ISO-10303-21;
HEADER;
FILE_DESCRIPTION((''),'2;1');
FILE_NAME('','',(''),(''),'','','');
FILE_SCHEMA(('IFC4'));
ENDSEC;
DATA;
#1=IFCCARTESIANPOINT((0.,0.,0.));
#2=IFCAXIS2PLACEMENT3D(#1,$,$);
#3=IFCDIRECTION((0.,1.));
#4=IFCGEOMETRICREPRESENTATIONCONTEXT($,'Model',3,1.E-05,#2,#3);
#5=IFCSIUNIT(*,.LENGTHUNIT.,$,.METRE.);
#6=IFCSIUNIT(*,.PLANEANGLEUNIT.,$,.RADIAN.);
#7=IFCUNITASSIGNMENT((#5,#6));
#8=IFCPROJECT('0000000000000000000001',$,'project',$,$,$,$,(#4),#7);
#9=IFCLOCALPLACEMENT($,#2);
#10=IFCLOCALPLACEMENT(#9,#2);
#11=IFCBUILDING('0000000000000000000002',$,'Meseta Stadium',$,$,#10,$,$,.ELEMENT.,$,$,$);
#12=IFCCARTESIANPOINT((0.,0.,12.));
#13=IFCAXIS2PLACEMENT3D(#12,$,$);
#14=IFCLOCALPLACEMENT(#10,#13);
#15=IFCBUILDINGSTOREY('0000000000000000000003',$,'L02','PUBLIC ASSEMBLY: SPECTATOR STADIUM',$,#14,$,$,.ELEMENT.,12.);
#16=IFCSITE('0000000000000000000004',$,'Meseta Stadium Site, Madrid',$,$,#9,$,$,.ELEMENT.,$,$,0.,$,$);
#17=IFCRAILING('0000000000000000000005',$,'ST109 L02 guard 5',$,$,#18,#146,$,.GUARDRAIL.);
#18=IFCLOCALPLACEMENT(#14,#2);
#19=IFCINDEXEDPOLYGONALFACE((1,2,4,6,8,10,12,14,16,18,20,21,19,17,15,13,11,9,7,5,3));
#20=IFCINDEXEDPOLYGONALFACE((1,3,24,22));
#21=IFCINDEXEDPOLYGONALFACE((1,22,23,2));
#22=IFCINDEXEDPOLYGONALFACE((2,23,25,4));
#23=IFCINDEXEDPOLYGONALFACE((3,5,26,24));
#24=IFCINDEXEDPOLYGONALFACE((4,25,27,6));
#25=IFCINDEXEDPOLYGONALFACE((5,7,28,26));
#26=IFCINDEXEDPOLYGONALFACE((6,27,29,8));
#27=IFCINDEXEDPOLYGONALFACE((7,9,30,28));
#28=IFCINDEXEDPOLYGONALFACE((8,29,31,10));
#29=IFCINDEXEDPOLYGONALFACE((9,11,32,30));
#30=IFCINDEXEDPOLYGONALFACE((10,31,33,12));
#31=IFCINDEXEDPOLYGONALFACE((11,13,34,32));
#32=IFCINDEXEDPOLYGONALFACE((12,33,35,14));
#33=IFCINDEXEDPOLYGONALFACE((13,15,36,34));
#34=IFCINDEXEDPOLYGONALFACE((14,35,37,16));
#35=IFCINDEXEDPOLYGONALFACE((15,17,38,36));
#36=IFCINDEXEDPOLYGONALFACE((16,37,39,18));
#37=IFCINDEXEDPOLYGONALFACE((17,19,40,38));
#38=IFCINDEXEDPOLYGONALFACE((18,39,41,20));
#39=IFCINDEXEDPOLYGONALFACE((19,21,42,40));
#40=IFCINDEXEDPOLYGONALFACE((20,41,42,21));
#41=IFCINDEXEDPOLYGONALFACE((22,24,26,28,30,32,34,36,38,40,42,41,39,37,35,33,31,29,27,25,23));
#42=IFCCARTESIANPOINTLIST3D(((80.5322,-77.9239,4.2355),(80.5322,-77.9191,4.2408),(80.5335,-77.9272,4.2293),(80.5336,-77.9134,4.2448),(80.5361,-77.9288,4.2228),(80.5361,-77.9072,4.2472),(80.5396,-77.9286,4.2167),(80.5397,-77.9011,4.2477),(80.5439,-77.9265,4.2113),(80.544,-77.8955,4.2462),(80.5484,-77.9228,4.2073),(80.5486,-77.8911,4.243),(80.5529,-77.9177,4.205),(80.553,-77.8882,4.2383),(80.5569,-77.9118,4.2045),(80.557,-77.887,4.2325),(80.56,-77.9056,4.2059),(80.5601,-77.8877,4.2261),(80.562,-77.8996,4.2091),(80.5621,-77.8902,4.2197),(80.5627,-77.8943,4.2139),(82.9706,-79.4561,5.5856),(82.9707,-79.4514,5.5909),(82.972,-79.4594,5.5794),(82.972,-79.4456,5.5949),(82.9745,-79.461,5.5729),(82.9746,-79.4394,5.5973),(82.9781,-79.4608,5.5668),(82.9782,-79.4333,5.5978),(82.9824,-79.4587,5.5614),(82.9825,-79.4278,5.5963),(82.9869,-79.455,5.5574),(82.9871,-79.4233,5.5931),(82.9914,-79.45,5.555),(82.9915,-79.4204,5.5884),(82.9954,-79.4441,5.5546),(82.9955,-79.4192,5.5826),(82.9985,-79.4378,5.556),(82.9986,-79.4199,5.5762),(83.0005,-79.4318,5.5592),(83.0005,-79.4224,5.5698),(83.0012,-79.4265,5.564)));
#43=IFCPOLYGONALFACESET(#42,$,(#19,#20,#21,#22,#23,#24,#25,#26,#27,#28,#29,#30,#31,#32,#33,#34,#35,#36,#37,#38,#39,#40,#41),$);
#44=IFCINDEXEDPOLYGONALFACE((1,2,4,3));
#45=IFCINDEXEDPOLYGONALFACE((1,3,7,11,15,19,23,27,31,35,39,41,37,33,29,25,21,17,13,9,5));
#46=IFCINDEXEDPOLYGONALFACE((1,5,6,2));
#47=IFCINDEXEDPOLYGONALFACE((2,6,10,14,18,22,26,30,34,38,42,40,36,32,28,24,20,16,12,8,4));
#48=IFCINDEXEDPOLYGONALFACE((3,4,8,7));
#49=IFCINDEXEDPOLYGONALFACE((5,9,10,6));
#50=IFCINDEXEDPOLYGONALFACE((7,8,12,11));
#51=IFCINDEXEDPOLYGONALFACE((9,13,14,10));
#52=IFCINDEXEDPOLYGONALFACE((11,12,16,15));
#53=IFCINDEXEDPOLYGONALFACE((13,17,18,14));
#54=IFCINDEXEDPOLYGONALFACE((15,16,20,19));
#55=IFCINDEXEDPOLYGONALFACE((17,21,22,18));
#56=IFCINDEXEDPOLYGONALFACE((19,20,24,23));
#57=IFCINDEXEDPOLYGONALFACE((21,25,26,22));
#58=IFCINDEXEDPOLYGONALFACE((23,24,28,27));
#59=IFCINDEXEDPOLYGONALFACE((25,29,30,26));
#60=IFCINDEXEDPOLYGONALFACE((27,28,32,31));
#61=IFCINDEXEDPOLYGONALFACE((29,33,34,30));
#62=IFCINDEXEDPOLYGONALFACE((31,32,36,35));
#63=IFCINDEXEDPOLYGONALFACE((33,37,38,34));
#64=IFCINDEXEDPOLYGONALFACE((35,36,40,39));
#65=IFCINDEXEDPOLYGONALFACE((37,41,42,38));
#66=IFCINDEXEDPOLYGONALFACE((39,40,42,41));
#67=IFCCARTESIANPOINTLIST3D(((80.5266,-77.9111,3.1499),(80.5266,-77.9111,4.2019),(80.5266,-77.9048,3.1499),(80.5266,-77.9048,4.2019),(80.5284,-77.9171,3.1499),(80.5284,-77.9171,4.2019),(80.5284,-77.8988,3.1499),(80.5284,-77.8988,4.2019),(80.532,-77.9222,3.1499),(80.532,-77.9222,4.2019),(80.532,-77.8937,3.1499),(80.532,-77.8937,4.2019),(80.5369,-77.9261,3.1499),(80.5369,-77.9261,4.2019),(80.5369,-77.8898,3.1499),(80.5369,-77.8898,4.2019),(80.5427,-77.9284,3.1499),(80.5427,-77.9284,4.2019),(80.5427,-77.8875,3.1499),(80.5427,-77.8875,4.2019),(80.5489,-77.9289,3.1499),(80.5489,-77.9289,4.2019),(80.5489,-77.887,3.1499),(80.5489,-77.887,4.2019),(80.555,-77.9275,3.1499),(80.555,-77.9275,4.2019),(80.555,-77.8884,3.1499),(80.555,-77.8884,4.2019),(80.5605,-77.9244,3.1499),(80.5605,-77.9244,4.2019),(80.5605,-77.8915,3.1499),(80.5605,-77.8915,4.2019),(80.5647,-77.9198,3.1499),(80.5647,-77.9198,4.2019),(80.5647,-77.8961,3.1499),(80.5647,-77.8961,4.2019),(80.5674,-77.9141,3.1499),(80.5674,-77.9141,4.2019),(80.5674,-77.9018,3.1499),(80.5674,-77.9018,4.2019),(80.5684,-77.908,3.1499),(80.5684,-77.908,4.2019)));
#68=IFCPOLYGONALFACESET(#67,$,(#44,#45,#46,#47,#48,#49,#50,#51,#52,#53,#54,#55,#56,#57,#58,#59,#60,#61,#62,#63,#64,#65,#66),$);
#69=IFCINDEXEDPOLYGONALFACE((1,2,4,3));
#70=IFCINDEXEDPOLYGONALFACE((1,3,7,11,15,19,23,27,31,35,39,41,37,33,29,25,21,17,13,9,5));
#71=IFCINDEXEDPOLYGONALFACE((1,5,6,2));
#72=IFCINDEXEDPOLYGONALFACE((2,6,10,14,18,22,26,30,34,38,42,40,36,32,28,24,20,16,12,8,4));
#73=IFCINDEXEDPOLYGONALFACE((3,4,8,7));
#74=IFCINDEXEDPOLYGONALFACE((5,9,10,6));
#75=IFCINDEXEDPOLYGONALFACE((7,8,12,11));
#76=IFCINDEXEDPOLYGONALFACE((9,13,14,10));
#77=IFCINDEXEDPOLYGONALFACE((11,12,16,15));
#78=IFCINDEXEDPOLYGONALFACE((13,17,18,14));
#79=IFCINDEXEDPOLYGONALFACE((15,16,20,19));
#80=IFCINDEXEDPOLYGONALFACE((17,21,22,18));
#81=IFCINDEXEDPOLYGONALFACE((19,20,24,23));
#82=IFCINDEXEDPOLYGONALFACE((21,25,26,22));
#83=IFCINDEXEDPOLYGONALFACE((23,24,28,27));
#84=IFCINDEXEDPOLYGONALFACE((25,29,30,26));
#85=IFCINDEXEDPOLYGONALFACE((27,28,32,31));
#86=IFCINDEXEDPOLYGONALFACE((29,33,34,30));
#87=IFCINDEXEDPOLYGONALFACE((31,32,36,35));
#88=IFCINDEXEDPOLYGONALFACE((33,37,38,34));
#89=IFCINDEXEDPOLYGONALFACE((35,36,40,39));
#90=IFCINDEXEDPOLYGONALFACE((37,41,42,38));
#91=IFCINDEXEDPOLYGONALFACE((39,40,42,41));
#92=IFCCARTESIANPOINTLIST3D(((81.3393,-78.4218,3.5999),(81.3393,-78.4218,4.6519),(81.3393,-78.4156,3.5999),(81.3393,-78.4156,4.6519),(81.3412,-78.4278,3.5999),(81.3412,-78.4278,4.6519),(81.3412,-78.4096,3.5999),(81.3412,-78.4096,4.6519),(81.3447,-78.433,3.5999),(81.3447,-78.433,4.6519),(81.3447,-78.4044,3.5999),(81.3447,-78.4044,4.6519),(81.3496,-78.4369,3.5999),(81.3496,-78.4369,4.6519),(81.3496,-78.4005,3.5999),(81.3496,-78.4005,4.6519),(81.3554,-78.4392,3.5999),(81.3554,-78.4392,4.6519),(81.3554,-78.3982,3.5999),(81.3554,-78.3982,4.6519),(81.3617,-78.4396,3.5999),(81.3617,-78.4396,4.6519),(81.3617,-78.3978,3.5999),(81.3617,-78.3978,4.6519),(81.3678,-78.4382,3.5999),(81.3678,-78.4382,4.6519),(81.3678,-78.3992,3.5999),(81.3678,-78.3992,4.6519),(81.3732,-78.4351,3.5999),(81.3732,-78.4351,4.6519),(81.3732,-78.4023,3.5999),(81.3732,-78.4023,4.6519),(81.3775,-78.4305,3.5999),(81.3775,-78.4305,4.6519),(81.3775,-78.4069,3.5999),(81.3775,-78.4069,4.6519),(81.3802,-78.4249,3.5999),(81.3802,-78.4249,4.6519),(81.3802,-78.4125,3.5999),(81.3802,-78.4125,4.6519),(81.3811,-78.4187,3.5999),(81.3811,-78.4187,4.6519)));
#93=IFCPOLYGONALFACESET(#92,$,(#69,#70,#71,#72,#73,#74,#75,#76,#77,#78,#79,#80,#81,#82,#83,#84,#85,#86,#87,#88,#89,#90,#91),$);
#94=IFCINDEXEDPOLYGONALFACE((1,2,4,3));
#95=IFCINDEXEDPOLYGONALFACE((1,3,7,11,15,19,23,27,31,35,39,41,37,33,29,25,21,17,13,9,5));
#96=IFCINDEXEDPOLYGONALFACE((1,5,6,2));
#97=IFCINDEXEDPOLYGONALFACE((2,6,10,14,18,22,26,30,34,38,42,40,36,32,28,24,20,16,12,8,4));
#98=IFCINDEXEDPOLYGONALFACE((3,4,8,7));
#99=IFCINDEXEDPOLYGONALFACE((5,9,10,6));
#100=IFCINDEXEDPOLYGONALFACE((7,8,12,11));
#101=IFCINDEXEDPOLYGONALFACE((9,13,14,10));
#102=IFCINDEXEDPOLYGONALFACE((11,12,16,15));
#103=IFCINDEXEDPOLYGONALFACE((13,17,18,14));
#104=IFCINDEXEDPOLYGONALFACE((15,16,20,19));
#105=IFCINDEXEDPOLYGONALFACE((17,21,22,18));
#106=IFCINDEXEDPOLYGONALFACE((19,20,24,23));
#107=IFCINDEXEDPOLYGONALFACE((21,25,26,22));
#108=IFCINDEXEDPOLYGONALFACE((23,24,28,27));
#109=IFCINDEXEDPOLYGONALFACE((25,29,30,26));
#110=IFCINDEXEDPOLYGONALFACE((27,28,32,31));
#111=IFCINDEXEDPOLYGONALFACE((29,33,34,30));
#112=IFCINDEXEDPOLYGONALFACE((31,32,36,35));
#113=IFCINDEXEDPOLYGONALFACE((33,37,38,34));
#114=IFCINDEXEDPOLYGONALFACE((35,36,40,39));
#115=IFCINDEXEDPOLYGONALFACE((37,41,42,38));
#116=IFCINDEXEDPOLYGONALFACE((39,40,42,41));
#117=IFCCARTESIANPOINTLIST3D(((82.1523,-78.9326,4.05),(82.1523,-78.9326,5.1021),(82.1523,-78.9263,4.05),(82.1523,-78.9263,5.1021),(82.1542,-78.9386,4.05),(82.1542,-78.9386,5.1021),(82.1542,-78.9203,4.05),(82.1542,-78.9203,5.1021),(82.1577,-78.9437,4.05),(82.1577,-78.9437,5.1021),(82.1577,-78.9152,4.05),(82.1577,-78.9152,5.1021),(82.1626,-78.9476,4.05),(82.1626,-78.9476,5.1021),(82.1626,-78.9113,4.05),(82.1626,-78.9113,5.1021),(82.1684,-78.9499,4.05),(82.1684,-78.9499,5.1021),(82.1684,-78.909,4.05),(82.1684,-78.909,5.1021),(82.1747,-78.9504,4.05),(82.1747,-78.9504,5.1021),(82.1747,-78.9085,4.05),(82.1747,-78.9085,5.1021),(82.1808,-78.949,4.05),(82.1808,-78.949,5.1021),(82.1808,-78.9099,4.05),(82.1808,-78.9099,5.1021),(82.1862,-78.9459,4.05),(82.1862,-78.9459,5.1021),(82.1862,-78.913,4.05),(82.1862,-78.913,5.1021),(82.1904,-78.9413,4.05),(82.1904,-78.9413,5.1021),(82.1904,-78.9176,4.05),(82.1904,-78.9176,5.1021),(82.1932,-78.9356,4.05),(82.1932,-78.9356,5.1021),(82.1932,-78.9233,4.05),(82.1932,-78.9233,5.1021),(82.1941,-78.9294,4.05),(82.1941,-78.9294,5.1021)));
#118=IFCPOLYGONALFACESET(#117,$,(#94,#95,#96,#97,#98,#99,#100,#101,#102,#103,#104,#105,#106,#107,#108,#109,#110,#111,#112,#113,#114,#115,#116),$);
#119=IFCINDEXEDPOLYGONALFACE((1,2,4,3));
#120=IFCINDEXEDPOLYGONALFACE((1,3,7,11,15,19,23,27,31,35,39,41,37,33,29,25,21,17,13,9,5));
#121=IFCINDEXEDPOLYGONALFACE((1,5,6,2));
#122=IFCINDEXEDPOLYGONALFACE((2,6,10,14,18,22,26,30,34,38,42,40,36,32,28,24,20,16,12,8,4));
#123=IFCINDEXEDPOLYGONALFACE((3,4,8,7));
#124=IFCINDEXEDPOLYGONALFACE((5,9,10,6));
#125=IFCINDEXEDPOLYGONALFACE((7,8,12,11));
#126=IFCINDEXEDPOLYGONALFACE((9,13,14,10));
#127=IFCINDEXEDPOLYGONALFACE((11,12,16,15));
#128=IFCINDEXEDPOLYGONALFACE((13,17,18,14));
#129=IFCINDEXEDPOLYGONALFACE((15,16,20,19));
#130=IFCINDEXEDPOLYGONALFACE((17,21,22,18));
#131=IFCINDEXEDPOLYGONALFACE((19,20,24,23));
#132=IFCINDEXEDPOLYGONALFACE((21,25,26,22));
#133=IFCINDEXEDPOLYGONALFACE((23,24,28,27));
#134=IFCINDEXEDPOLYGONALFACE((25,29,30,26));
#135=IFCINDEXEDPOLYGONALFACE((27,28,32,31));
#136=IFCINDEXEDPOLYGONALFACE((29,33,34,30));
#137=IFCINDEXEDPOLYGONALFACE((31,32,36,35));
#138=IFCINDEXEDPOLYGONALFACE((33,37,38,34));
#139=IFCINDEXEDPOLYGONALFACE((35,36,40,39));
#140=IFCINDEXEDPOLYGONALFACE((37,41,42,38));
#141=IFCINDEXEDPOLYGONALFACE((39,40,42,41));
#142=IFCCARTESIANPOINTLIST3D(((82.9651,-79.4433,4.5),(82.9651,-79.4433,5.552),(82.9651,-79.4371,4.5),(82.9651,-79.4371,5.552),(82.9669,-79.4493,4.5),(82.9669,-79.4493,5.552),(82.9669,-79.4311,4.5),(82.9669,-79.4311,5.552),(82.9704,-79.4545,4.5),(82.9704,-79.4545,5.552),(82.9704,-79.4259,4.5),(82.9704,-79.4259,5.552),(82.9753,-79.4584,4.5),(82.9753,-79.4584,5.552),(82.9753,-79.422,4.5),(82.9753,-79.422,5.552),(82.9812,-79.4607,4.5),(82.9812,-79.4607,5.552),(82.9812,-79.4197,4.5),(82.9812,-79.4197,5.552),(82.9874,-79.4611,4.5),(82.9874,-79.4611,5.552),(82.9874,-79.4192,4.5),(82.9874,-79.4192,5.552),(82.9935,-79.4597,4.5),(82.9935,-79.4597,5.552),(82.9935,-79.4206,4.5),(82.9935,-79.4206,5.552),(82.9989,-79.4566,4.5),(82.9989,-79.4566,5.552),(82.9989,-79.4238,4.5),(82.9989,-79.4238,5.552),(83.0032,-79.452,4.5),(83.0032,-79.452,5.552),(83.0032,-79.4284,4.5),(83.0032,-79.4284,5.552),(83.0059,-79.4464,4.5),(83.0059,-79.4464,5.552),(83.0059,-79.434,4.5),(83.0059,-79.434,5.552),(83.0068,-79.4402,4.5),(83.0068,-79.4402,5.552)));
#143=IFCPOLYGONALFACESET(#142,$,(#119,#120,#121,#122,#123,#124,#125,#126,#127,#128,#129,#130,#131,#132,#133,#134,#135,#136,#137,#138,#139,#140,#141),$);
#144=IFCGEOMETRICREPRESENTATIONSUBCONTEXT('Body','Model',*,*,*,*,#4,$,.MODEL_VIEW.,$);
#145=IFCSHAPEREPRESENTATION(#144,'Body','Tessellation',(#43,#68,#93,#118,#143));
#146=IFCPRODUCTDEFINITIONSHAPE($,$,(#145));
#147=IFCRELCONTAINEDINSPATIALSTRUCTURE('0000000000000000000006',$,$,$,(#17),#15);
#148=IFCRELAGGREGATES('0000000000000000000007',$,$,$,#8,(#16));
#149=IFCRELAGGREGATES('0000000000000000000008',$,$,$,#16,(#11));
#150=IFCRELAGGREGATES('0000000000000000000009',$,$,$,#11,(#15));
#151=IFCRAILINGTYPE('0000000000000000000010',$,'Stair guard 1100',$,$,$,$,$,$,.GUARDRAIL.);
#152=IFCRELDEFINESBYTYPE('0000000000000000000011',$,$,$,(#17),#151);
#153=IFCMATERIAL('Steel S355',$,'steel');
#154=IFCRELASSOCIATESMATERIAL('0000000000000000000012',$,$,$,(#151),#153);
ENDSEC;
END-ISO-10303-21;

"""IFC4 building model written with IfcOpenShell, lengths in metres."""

from ifc_helpers import new_model, si_unit, direction, frame, origin, origin_2d, place, context, subcontext, project, spatial, circle, extrude, material, type_object, element, save


model = new_model("IFC4")

# Units and contexts
model_context = context("Model", 3, precision=1e-05, world=origin(), true_north=direction((0.0, 1.0)))
body_context = subcontext(model_context, "Body", "Model", "MODEL_VIEW")
ifc_project = project(units=[si_unit("LENGTHUNIT", "METRE"), si_unit("PLANEANGLEUNIT", "RADIAN")], contexts=[model_context])

# Site, building, storey
site_placement = place(None, origin())
site = spatial("IfcSite", under=ifc_project, at=site_placement, Name="Meseta Stadium Site, Madrid", CompositionType="ELEMENT", RefElevation=0.0)
building_placement = place(site_placement, origin())
building = spatial("IfcBuilding", under=site, at=building_placement, Name="Meseta Stadium", CompositionType="ELEMENT")
storey_placement = place(building_placement, frame((0.0, 0.0, 12.0)))
storey = spatial("IfcBuildingStorey", under=building, at=storey_placement, Name="L02", Description="PUBLIC ASSEMBLY: SPECTATOR STADIUM", CompositionType="ELEMENT", Elevation=12.0)

# Railing
ifc_material_1 = material(Name="Steel S355", Category="steel")
railing_type_1 = type_object("IfcRailingType", Name="Stair guard 1100", PredefinedType="GUARDRAIL", material=ifc_material_1)
railing_1_placement = place(storey_placement, frame((80.5474, -77.908, 3.1499)))
element("IfcRailing", 1, at=railing_1_placement, inside=storey, type_object=railing_type_1, Name="ST109 L02 guard 5", PredefinedType="GUARDRAIL", context=body_context, shape_type="SweptSolid", body=[
    extrude(circle(Radius=0.0239, at=origin_2d()), frame((0.0, 0.0, 1.0762), z_axis=(0.766655, -0.481731, 0.42447), x_axis=(0.53204, 0.846719, 0.0)), (0.0, 0.0, 1.0), 3.1807),
    extrude(circle(Radius=0.021, at=origin_2d()), origin(), (0.0, 0.0, 1.0), 1.052),
    extrude(circle(Radius=0.021, at=origin_2d()), frame((0.8127, -0.5107, 0.45)), (0.0, 0.0, 1.0), 1.052),
    extrude(circle(Radius=0.021, at=origin_2d()), frame((1.6257, -1.0215, 0.9001)), (0.0, 0.0, 1.0), 1.052),
    extrude(circle(Radius=0.021, at=origin_2d()), frame((2.4385, -1.5322, 1.3501)), (0.0, 0.0, 1.0), 1.052),
])

save(model, "model.ifc")
